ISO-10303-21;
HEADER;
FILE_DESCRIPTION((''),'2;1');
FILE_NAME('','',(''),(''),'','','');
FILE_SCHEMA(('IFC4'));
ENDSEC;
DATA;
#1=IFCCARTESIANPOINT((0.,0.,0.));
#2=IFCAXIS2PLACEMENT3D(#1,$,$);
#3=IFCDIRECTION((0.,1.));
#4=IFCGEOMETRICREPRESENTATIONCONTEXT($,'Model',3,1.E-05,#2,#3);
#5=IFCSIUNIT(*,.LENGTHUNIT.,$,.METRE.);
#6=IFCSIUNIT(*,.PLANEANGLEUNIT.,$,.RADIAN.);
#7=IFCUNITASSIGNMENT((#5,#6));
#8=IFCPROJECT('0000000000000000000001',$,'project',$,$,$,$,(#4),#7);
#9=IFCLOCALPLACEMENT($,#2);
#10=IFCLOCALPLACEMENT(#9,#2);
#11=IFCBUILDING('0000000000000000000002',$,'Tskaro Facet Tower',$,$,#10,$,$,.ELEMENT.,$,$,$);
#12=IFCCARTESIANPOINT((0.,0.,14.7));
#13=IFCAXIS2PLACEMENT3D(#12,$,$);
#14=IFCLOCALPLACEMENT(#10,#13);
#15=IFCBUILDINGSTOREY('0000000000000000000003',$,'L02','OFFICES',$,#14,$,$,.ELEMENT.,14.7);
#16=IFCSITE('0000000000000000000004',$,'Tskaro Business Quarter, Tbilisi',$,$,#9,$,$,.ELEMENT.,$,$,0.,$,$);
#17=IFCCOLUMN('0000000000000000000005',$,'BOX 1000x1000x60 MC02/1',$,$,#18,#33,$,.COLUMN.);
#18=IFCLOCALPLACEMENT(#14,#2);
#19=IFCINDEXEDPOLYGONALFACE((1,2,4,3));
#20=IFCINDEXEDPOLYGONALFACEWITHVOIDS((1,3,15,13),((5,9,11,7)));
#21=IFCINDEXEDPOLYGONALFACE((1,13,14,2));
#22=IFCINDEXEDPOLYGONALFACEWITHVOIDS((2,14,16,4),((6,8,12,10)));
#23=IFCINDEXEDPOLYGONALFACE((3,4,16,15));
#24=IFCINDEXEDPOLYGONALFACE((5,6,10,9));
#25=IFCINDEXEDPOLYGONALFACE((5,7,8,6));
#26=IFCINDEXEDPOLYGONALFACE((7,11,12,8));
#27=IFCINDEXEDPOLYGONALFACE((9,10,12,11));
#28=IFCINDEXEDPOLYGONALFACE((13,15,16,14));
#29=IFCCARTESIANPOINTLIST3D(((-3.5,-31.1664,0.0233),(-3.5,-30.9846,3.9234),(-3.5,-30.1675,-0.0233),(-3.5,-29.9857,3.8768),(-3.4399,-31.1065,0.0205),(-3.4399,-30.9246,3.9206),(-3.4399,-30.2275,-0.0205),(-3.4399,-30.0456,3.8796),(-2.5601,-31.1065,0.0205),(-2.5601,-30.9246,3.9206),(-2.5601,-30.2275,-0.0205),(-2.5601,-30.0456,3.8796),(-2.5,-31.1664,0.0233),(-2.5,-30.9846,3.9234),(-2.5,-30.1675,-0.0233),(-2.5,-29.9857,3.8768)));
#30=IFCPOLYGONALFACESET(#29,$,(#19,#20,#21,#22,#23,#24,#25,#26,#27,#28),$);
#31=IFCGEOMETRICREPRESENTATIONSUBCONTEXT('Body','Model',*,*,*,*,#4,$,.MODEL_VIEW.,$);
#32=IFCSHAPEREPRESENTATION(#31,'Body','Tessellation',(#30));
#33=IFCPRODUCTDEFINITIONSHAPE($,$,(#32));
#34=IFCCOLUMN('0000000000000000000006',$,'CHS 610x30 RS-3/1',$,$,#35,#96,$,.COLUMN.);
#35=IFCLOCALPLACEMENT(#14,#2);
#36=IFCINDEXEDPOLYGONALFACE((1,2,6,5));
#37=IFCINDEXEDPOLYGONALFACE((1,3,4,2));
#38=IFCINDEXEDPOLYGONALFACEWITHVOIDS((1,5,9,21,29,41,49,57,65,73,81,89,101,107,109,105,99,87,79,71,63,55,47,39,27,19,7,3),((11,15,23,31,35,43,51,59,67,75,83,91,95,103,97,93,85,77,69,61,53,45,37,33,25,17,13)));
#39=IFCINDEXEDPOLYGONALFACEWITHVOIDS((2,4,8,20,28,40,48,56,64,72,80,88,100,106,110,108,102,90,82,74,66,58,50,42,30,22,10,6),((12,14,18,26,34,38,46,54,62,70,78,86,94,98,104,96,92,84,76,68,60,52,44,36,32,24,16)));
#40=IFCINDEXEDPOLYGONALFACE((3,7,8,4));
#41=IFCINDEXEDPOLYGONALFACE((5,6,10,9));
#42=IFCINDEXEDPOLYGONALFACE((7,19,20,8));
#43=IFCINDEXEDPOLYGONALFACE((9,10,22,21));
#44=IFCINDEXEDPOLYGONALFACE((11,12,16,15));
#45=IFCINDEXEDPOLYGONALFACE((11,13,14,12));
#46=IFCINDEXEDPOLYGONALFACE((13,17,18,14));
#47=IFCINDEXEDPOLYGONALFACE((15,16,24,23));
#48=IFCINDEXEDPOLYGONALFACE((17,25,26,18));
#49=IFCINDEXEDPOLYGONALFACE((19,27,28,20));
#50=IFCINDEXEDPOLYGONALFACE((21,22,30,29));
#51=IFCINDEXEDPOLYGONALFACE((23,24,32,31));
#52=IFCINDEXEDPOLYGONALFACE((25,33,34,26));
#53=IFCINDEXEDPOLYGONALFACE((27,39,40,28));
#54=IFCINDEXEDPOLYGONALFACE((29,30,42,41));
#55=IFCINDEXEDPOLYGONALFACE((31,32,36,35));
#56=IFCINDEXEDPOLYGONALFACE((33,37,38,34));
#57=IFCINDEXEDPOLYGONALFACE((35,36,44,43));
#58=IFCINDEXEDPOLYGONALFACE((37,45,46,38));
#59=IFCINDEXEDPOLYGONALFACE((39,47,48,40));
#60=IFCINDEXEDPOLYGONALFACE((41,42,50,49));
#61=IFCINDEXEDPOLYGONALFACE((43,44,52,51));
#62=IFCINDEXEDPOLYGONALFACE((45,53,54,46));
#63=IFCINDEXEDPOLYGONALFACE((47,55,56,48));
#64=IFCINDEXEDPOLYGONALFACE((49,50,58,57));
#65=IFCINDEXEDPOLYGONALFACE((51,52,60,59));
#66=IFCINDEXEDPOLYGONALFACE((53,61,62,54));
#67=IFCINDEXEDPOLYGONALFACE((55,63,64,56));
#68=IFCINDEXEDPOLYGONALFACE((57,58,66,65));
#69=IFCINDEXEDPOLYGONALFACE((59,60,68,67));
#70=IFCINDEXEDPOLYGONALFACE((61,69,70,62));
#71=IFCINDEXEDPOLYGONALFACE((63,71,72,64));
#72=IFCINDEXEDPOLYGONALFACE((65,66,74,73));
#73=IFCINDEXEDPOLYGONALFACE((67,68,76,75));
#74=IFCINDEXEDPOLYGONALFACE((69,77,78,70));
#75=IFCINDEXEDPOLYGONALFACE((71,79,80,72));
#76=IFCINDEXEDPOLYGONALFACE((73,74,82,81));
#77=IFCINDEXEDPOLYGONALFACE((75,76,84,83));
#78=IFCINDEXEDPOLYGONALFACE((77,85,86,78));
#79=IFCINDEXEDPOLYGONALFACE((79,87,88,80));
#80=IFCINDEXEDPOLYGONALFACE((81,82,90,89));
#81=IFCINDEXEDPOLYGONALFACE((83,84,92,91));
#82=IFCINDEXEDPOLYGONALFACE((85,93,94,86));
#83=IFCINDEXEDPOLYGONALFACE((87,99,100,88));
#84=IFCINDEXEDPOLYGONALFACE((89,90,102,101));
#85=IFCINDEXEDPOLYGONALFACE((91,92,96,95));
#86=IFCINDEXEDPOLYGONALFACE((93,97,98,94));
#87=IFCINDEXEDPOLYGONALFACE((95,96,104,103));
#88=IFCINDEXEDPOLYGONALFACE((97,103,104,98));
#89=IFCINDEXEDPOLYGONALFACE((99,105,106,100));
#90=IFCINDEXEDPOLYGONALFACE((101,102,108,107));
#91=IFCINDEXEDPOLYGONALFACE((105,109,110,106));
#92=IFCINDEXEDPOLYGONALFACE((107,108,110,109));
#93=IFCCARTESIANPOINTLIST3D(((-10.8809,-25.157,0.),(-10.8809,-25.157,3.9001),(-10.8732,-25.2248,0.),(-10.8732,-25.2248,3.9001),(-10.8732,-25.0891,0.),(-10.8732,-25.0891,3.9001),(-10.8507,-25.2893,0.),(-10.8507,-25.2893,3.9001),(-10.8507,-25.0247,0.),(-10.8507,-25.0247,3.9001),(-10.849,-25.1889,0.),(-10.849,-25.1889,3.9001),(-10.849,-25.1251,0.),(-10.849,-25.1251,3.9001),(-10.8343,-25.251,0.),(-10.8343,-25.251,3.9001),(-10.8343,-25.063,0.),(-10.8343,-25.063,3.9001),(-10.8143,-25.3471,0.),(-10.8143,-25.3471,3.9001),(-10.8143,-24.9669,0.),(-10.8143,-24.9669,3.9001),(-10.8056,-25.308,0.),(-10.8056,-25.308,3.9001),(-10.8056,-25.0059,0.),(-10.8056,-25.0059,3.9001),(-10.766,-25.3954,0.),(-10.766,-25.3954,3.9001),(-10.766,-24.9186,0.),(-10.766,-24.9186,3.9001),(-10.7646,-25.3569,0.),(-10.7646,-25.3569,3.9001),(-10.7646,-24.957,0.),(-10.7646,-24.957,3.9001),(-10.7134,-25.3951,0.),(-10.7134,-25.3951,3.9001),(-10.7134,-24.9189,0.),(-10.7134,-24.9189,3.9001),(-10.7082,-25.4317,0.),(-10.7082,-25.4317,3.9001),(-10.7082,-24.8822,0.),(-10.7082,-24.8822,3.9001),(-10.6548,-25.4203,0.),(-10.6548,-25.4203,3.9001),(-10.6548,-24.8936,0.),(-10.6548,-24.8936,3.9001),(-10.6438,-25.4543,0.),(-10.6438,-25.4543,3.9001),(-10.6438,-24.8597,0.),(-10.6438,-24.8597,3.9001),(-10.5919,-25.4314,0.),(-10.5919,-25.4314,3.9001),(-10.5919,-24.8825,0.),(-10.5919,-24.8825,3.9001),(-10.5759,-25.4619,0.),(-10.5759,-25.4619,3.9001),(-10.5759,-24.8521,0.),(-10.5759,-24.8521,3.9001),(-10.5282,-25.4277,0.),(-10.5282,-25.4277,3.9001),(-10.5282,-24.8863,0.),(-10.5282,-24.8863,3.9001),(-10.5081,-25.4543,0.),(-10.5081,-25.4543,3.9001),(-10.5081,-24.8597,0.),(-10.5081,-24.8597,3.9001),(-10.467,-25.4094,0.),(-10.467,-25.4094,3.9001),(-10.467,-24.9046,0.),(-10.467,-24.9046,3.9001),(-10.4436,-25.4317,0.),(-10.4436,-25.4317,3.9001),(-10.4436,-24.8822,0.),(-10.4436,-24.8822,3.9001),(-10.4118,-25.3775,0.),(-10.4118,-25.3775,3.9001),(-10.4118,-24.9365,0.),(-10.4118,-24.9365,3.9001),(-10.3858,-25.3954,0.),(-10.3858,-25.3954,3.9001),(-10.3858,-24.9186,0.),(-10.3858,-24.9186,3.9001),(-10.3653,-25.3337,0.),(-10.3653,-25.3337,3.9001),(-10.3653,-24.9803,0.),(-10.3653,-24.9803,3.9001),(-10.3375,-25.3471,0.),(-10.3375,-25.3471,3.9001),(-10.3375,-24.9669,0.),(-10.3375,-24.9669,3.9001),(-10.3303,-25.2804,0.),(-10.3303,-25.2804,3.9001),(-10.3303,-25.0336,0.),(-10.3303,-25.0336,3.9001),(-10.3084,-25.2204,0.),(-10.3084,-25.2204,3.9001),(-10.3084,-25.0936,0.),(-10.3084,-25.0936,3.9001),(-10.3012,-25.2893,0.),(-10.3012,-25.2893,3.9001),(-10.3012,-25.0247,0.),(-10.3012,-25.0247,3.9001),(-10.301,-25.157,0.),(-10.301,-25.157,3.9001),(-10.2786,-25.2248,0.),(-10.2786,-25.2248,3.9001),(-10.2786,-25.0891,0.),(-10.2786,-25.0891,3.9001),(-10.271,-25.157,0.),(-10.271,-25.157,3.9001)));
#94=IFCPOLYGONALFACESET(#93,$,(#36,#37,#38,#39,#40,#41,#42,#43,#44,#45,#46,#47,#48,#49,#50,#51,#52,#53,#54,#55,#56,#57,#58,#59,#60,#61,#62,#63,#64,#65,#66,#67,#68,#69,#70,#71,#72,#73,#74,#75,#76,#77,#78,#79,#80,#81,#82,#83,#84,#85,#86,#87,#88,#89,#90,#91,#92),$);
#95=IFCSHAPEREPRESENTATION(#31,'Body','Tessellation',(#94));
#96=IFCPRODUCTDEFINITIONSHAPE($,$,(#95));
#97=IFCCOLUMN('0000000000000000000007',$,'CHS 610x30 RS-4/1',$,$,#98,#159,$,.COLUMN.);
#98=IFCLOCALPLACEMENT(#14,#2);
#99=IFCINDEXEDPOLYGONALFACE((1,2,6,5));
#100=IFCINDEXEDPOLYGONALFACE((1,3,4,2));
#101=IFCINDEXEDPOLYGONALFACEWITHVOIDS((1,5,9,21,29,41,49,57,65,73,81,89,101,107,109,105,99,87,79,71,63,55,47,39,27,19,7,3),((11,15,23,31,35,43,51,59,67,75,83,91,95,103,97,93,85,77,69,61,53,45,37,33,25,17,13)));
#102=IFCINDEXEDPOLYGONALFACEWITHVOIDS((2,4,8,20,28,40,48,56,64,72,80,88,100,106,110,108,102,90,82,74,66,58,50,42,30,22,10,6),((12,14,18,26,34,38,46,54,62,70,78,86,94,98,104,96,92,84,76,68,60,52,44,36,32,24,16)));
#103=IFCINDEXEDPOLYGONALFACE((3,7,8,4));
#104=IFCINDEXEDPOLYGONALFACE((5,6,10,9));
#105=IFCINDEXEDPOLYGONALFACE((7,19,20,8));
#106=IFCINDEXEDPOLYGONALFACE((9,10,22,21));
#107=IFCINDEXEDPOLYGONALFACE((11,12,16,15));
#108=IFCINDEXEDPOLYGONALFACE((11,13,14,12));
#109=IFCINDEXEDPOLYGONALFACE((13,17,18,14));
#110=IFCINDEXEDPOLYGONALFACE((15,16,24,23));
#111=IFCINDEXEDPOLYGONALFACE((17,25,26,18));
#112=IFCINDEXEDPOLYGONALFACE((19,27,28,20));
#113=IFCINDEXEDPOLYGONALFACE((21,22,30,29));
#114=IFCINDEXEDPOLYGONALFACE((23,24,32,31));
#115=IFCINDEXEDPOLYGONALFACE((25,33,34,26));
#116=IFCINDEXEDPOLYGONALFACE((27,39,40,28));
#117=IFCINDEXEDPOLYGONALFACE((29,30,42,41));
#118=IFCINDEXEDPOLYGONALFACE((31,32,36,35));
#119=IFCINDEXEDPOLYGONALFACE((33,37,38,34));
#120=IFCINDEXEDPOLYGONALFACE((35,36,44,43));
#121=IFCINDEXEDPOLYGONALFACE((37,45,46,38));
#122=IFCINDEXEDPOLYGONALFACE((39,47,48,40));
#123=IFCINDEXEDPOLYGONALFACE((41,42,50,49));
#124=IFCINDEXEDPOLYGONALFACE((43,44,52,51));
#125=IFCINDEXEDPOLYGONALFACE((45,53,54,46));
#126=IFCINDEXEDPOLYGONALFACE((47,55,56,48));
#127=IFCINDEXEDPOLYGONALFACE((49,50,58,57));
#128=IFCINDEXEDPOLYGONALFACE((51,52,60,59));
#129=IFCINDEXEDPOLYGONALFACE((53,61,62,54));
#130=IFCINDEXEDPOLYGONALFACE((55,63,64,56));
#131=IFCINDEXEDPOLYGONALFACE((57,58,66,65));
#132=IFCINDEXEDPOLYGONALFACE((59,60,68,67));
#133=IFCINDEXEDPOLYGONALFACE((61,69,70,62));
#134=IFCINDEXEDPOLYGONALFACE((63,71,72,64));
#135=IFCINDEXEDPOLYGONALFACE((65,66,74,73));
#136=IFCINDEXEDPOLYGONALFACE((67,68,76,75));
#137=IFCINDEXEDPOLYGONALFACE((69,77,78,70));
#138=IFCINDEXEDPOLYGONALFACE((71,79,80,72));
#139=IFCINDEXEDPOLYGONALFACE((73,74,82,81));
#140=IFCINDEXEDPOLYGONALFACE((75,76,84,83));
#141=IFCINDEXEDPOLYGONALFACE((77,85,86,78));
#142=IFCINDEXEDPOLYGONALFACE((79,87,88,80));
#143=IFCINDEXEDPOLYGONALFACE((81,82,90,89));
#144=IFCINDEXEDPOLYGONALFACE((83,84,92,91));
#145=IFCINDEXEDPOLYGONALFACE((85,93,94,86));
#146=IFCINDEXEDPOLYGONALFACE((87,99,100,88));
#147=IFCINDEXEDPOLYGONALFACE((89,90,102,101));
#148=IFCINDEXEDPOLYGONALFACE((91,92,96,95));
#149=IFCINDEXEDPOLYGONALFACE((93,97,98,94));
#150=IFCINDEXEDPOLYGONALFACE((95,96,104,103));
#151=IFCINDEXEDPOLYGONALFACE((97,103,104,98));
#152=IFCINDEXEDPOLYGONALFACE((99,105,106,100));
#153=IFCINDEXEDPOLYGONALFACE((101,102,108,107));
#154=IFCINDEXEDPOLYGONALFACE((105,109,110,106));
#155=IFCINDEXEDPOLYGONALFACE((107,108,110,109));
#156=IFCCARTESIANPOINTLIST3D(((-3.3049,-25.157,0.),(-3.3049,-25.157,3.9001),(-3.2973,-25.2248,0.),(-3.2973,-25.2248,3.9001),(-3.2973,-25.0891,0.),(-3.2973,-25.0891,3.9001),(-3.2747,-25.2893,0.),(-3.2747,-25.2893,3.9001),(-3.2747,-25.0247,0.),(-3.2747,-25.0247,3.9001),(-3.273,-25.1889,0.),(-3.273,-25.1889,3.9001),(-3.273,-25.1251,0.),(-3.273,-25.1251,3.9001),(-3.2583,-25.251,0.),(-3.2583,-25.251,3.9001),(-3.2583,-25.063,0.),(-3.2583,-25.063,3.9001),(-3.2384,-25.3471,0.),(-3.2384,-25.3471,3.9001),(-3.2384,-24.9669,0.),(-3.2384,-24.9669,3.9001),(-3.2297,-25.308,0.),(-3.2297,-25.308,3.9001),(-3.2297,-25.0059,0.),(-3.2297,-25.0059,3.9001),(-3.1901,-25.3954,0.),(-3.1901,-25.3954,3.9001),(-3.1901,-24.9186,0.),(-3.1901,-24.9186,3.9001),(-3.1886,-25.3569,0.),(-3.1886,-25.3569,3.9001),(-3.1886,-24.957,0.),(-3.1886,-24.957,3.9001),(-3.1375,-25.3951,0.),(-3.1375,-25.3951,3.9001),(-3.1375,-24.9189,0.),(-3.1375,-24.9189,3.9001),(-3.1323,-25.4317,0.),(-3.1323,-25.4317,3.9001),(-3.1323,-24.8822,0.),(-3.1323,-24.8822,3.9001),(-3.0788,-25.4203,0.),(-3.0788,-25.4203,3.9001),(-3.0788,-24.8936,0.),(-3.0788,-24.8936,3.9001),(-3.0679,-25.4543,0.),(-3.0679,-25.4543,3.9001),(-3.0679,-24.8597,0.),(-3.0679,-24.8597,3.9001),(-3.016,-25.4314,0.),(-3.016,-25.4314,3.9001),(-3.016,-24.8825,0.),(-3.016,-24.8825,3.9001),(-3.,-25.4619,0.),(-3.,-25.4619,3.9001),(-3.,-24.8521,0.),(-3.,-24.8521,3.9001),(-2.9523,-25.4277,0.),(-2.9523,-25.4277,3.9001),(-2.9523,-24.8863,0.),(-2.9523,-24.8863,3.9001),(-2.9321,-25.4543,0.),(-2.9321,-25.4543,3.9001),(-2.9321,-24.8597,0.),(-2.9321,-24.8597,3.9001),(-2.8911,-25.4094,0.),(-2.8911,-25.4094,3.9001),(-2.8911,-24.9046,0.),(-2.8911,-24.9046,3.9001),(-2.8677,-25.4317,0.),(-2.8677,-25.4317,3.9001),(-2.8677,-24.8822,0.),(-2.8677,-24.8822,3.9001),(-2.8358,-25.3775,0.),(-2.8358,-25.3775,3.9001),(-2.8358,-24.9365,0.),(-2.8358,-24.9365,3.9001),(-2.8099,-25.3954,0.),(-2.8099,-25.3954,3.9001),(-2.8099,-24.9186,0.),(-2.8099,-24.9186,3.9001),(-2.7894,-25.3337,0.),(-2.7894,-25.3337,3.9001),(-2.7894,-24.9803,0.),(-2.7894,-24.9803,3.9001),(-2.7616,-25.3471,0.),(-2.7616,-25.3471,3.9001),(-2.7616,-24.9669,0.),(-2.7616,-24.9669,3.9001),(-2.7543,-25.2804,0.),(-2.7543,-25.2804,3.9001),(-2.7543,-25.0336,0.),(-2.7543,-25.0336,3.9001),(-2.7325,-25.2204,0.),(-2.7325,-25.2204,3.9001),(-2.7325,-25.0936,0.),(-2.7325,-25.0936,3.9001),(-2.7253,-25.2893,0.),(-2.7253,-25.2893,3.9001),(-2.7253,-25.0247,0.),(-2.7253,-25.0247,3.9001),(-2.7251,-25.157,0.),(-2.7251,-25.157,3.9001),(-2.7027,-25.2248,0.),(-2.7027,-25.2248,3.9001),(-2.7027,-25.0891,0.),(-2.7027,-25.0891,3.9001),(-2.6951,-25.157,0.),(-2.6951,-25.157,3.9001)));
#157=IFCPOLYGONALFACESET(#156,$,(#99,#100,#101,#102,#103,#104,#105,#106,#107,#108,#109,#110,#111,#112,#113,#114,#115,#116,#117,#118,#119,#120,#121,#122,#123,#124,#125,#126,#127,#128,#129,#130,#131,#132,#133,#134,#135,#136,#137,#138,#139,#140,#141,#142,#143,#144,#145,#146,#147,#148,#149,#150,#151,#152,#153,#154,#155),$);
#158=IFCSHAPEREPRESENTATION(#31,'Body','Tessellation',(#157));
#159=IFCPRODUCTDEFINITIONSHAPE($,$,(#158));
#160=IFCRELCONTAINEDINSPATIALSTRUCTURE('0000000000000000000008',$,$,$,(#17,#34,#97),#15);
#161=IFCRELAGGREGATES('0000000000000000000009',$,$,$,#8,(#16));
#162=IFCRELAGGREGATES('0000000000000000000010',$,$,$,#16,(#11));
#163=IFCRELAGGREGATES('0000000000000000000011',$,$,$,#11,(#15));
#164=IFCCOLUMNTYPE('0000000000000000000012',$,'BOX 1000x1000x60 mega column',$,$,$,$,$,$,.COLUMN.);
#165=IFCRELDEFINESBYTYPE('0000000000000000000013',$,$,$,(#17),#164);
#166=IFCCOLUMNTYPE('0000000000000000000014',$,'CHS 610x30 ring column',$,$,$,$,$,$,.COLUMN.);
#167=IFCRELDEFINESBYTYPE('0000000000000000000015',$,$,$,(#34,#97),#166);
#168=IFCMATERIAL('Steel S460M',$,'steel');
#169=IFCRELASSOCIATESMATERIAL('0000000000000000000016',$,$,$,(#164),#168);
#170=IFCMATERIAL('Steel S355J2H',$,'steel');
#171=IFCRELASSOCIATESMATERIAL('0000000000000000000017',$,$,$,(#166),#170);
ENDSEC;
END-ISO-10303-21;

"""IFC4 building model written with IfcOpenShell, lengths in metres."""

from ifc_helpers import new_model, si_unit, direction, frame, origin, origin_2d, place, context, subcontext, project, spatial, hollow_rectangle, hollow_circle, extrude, material, material_profile, profile_set, type_object, element, save


model = new_model("IFC4")

# Units and contexts
model_context = context("Model", 3, precision=1e-05, world=origin(), true_north=direction((0.0, 1.0)))
body_context = subcontext(model_context, "Body", "Model", "MODEL_VIEW")
ifc_project = project(units=[si_unit("LENGTHUNIT", "METRE"), si_unit("PLANEANGLEUNIT", "RADIAN")], contexts=[model_context])

# Site, building, storey
site_placement = place(None, origin())
site = spatial("IfcSite", under=ifc_project, at=site_placement, Name="Tskaro Business Quarter, Tbilisi", CompositionType="ELEMENT", RefElevation=0.0)
building_placement = place(site_placement, origin())
building = spatial("IfcBuilding", under=site, at=building_placement, Name="Tskaro Facet Tower", CompositionType="ELEMENT")
storey_placement = place(building_placement, frame((0.0, 0.0, 14.7)))
storey = spatial("IfcBuildingStorey", under=building, at=storey_placement, Name="L02", Description="OFFICES", CompositionType="ELEMENT", Elevation=14.7)

# Columns
ifc_material_1 = material(Name="Steel S460M", Category="steel")
ifc_material_profile_1 = material_profile(ifc_material_1, hollow_rectangle(XDim=1.0, YDim=1.0, WallThickness=0.0601, at=origin_2d()), Name="BOX 1000x1000x60")
ifc_profile_set_1 = profile_set([ifc_material_profile_1], Name="Steel S460M")
column_type_1 = type_object("IfcColumnType", Name="BOX 1000x1000x60 mega column", PredefinedType="COLUMN", material=ifc_profile_set_1)
column_1_placement = place(storey_placement, frame((-3.0, -30.667, 0.0), z_axis=(0.0, 0.046585, 0.998914), x_axis=(-1.0, 0.0, 0.0)))
element("IfcColumn", 1, at=column_1_placement, inside=storey, type_object=column_type_1, Name="BOX 1000x1000x60 MC02/1", PredefinedType="COLUMN", context=body_context, shape_type="SweptSolid", body=[
    extrude(hollow_rectangle(XDim=1.0, YDim=1.0, WallThickness=0.0601, at=origin_2d()), origin(), (0.0, 0.0, 1.0), 3.9043),
])
ifc_material_2 = material(Name="Steel S355J2H", Category="steel")
ifc_material_profile_2 = material_profile(ifc_material_2, hollow_circle(Radius=0.3049, WallThickness=0.03, at=origin_2d()), Name="CHS 610x30")
ifc_profile_set_2 = profile_set([ifc_material_profile_2], Name="Steel S355J2H")
column_type_2 = type_object("IfcColumnType", Name="CHS 610x30 ring column", PredefinedType="COLUMN", material=ifc_profile_set_2)
for number, where, z_axis, x_axis, name in (
    (2, (-10.5759, -25.157, 0.0), (0.0, 0.0, 1.0), (1.0, 0.0, 0.0), "CHS 610x30 RS-3/1"),
    (3, (-3.0, -25.157, 0.0), (0.0, 0.0, 1.0), (1.0, 0.0, 0.0), "CHS 610x30 RS-4/1"),
):
    element("IfcColumn", number, at=place(storey_placement, frame(where, z_axis=z_axis, x_axis=x_axis)), inside=storey, type_object=column_type_2, Name=name, PredefinedType="COLUMN", context=body_context, shape_type="SweptSolid", body=[
        extrude(hollow_circle(Radius=0.3049, WallThickness=0.03, at=origin_2d()), origin(), (0.0, 0.0, 1.0), 3.9001),
    ])

save(model, "model.ifc")
